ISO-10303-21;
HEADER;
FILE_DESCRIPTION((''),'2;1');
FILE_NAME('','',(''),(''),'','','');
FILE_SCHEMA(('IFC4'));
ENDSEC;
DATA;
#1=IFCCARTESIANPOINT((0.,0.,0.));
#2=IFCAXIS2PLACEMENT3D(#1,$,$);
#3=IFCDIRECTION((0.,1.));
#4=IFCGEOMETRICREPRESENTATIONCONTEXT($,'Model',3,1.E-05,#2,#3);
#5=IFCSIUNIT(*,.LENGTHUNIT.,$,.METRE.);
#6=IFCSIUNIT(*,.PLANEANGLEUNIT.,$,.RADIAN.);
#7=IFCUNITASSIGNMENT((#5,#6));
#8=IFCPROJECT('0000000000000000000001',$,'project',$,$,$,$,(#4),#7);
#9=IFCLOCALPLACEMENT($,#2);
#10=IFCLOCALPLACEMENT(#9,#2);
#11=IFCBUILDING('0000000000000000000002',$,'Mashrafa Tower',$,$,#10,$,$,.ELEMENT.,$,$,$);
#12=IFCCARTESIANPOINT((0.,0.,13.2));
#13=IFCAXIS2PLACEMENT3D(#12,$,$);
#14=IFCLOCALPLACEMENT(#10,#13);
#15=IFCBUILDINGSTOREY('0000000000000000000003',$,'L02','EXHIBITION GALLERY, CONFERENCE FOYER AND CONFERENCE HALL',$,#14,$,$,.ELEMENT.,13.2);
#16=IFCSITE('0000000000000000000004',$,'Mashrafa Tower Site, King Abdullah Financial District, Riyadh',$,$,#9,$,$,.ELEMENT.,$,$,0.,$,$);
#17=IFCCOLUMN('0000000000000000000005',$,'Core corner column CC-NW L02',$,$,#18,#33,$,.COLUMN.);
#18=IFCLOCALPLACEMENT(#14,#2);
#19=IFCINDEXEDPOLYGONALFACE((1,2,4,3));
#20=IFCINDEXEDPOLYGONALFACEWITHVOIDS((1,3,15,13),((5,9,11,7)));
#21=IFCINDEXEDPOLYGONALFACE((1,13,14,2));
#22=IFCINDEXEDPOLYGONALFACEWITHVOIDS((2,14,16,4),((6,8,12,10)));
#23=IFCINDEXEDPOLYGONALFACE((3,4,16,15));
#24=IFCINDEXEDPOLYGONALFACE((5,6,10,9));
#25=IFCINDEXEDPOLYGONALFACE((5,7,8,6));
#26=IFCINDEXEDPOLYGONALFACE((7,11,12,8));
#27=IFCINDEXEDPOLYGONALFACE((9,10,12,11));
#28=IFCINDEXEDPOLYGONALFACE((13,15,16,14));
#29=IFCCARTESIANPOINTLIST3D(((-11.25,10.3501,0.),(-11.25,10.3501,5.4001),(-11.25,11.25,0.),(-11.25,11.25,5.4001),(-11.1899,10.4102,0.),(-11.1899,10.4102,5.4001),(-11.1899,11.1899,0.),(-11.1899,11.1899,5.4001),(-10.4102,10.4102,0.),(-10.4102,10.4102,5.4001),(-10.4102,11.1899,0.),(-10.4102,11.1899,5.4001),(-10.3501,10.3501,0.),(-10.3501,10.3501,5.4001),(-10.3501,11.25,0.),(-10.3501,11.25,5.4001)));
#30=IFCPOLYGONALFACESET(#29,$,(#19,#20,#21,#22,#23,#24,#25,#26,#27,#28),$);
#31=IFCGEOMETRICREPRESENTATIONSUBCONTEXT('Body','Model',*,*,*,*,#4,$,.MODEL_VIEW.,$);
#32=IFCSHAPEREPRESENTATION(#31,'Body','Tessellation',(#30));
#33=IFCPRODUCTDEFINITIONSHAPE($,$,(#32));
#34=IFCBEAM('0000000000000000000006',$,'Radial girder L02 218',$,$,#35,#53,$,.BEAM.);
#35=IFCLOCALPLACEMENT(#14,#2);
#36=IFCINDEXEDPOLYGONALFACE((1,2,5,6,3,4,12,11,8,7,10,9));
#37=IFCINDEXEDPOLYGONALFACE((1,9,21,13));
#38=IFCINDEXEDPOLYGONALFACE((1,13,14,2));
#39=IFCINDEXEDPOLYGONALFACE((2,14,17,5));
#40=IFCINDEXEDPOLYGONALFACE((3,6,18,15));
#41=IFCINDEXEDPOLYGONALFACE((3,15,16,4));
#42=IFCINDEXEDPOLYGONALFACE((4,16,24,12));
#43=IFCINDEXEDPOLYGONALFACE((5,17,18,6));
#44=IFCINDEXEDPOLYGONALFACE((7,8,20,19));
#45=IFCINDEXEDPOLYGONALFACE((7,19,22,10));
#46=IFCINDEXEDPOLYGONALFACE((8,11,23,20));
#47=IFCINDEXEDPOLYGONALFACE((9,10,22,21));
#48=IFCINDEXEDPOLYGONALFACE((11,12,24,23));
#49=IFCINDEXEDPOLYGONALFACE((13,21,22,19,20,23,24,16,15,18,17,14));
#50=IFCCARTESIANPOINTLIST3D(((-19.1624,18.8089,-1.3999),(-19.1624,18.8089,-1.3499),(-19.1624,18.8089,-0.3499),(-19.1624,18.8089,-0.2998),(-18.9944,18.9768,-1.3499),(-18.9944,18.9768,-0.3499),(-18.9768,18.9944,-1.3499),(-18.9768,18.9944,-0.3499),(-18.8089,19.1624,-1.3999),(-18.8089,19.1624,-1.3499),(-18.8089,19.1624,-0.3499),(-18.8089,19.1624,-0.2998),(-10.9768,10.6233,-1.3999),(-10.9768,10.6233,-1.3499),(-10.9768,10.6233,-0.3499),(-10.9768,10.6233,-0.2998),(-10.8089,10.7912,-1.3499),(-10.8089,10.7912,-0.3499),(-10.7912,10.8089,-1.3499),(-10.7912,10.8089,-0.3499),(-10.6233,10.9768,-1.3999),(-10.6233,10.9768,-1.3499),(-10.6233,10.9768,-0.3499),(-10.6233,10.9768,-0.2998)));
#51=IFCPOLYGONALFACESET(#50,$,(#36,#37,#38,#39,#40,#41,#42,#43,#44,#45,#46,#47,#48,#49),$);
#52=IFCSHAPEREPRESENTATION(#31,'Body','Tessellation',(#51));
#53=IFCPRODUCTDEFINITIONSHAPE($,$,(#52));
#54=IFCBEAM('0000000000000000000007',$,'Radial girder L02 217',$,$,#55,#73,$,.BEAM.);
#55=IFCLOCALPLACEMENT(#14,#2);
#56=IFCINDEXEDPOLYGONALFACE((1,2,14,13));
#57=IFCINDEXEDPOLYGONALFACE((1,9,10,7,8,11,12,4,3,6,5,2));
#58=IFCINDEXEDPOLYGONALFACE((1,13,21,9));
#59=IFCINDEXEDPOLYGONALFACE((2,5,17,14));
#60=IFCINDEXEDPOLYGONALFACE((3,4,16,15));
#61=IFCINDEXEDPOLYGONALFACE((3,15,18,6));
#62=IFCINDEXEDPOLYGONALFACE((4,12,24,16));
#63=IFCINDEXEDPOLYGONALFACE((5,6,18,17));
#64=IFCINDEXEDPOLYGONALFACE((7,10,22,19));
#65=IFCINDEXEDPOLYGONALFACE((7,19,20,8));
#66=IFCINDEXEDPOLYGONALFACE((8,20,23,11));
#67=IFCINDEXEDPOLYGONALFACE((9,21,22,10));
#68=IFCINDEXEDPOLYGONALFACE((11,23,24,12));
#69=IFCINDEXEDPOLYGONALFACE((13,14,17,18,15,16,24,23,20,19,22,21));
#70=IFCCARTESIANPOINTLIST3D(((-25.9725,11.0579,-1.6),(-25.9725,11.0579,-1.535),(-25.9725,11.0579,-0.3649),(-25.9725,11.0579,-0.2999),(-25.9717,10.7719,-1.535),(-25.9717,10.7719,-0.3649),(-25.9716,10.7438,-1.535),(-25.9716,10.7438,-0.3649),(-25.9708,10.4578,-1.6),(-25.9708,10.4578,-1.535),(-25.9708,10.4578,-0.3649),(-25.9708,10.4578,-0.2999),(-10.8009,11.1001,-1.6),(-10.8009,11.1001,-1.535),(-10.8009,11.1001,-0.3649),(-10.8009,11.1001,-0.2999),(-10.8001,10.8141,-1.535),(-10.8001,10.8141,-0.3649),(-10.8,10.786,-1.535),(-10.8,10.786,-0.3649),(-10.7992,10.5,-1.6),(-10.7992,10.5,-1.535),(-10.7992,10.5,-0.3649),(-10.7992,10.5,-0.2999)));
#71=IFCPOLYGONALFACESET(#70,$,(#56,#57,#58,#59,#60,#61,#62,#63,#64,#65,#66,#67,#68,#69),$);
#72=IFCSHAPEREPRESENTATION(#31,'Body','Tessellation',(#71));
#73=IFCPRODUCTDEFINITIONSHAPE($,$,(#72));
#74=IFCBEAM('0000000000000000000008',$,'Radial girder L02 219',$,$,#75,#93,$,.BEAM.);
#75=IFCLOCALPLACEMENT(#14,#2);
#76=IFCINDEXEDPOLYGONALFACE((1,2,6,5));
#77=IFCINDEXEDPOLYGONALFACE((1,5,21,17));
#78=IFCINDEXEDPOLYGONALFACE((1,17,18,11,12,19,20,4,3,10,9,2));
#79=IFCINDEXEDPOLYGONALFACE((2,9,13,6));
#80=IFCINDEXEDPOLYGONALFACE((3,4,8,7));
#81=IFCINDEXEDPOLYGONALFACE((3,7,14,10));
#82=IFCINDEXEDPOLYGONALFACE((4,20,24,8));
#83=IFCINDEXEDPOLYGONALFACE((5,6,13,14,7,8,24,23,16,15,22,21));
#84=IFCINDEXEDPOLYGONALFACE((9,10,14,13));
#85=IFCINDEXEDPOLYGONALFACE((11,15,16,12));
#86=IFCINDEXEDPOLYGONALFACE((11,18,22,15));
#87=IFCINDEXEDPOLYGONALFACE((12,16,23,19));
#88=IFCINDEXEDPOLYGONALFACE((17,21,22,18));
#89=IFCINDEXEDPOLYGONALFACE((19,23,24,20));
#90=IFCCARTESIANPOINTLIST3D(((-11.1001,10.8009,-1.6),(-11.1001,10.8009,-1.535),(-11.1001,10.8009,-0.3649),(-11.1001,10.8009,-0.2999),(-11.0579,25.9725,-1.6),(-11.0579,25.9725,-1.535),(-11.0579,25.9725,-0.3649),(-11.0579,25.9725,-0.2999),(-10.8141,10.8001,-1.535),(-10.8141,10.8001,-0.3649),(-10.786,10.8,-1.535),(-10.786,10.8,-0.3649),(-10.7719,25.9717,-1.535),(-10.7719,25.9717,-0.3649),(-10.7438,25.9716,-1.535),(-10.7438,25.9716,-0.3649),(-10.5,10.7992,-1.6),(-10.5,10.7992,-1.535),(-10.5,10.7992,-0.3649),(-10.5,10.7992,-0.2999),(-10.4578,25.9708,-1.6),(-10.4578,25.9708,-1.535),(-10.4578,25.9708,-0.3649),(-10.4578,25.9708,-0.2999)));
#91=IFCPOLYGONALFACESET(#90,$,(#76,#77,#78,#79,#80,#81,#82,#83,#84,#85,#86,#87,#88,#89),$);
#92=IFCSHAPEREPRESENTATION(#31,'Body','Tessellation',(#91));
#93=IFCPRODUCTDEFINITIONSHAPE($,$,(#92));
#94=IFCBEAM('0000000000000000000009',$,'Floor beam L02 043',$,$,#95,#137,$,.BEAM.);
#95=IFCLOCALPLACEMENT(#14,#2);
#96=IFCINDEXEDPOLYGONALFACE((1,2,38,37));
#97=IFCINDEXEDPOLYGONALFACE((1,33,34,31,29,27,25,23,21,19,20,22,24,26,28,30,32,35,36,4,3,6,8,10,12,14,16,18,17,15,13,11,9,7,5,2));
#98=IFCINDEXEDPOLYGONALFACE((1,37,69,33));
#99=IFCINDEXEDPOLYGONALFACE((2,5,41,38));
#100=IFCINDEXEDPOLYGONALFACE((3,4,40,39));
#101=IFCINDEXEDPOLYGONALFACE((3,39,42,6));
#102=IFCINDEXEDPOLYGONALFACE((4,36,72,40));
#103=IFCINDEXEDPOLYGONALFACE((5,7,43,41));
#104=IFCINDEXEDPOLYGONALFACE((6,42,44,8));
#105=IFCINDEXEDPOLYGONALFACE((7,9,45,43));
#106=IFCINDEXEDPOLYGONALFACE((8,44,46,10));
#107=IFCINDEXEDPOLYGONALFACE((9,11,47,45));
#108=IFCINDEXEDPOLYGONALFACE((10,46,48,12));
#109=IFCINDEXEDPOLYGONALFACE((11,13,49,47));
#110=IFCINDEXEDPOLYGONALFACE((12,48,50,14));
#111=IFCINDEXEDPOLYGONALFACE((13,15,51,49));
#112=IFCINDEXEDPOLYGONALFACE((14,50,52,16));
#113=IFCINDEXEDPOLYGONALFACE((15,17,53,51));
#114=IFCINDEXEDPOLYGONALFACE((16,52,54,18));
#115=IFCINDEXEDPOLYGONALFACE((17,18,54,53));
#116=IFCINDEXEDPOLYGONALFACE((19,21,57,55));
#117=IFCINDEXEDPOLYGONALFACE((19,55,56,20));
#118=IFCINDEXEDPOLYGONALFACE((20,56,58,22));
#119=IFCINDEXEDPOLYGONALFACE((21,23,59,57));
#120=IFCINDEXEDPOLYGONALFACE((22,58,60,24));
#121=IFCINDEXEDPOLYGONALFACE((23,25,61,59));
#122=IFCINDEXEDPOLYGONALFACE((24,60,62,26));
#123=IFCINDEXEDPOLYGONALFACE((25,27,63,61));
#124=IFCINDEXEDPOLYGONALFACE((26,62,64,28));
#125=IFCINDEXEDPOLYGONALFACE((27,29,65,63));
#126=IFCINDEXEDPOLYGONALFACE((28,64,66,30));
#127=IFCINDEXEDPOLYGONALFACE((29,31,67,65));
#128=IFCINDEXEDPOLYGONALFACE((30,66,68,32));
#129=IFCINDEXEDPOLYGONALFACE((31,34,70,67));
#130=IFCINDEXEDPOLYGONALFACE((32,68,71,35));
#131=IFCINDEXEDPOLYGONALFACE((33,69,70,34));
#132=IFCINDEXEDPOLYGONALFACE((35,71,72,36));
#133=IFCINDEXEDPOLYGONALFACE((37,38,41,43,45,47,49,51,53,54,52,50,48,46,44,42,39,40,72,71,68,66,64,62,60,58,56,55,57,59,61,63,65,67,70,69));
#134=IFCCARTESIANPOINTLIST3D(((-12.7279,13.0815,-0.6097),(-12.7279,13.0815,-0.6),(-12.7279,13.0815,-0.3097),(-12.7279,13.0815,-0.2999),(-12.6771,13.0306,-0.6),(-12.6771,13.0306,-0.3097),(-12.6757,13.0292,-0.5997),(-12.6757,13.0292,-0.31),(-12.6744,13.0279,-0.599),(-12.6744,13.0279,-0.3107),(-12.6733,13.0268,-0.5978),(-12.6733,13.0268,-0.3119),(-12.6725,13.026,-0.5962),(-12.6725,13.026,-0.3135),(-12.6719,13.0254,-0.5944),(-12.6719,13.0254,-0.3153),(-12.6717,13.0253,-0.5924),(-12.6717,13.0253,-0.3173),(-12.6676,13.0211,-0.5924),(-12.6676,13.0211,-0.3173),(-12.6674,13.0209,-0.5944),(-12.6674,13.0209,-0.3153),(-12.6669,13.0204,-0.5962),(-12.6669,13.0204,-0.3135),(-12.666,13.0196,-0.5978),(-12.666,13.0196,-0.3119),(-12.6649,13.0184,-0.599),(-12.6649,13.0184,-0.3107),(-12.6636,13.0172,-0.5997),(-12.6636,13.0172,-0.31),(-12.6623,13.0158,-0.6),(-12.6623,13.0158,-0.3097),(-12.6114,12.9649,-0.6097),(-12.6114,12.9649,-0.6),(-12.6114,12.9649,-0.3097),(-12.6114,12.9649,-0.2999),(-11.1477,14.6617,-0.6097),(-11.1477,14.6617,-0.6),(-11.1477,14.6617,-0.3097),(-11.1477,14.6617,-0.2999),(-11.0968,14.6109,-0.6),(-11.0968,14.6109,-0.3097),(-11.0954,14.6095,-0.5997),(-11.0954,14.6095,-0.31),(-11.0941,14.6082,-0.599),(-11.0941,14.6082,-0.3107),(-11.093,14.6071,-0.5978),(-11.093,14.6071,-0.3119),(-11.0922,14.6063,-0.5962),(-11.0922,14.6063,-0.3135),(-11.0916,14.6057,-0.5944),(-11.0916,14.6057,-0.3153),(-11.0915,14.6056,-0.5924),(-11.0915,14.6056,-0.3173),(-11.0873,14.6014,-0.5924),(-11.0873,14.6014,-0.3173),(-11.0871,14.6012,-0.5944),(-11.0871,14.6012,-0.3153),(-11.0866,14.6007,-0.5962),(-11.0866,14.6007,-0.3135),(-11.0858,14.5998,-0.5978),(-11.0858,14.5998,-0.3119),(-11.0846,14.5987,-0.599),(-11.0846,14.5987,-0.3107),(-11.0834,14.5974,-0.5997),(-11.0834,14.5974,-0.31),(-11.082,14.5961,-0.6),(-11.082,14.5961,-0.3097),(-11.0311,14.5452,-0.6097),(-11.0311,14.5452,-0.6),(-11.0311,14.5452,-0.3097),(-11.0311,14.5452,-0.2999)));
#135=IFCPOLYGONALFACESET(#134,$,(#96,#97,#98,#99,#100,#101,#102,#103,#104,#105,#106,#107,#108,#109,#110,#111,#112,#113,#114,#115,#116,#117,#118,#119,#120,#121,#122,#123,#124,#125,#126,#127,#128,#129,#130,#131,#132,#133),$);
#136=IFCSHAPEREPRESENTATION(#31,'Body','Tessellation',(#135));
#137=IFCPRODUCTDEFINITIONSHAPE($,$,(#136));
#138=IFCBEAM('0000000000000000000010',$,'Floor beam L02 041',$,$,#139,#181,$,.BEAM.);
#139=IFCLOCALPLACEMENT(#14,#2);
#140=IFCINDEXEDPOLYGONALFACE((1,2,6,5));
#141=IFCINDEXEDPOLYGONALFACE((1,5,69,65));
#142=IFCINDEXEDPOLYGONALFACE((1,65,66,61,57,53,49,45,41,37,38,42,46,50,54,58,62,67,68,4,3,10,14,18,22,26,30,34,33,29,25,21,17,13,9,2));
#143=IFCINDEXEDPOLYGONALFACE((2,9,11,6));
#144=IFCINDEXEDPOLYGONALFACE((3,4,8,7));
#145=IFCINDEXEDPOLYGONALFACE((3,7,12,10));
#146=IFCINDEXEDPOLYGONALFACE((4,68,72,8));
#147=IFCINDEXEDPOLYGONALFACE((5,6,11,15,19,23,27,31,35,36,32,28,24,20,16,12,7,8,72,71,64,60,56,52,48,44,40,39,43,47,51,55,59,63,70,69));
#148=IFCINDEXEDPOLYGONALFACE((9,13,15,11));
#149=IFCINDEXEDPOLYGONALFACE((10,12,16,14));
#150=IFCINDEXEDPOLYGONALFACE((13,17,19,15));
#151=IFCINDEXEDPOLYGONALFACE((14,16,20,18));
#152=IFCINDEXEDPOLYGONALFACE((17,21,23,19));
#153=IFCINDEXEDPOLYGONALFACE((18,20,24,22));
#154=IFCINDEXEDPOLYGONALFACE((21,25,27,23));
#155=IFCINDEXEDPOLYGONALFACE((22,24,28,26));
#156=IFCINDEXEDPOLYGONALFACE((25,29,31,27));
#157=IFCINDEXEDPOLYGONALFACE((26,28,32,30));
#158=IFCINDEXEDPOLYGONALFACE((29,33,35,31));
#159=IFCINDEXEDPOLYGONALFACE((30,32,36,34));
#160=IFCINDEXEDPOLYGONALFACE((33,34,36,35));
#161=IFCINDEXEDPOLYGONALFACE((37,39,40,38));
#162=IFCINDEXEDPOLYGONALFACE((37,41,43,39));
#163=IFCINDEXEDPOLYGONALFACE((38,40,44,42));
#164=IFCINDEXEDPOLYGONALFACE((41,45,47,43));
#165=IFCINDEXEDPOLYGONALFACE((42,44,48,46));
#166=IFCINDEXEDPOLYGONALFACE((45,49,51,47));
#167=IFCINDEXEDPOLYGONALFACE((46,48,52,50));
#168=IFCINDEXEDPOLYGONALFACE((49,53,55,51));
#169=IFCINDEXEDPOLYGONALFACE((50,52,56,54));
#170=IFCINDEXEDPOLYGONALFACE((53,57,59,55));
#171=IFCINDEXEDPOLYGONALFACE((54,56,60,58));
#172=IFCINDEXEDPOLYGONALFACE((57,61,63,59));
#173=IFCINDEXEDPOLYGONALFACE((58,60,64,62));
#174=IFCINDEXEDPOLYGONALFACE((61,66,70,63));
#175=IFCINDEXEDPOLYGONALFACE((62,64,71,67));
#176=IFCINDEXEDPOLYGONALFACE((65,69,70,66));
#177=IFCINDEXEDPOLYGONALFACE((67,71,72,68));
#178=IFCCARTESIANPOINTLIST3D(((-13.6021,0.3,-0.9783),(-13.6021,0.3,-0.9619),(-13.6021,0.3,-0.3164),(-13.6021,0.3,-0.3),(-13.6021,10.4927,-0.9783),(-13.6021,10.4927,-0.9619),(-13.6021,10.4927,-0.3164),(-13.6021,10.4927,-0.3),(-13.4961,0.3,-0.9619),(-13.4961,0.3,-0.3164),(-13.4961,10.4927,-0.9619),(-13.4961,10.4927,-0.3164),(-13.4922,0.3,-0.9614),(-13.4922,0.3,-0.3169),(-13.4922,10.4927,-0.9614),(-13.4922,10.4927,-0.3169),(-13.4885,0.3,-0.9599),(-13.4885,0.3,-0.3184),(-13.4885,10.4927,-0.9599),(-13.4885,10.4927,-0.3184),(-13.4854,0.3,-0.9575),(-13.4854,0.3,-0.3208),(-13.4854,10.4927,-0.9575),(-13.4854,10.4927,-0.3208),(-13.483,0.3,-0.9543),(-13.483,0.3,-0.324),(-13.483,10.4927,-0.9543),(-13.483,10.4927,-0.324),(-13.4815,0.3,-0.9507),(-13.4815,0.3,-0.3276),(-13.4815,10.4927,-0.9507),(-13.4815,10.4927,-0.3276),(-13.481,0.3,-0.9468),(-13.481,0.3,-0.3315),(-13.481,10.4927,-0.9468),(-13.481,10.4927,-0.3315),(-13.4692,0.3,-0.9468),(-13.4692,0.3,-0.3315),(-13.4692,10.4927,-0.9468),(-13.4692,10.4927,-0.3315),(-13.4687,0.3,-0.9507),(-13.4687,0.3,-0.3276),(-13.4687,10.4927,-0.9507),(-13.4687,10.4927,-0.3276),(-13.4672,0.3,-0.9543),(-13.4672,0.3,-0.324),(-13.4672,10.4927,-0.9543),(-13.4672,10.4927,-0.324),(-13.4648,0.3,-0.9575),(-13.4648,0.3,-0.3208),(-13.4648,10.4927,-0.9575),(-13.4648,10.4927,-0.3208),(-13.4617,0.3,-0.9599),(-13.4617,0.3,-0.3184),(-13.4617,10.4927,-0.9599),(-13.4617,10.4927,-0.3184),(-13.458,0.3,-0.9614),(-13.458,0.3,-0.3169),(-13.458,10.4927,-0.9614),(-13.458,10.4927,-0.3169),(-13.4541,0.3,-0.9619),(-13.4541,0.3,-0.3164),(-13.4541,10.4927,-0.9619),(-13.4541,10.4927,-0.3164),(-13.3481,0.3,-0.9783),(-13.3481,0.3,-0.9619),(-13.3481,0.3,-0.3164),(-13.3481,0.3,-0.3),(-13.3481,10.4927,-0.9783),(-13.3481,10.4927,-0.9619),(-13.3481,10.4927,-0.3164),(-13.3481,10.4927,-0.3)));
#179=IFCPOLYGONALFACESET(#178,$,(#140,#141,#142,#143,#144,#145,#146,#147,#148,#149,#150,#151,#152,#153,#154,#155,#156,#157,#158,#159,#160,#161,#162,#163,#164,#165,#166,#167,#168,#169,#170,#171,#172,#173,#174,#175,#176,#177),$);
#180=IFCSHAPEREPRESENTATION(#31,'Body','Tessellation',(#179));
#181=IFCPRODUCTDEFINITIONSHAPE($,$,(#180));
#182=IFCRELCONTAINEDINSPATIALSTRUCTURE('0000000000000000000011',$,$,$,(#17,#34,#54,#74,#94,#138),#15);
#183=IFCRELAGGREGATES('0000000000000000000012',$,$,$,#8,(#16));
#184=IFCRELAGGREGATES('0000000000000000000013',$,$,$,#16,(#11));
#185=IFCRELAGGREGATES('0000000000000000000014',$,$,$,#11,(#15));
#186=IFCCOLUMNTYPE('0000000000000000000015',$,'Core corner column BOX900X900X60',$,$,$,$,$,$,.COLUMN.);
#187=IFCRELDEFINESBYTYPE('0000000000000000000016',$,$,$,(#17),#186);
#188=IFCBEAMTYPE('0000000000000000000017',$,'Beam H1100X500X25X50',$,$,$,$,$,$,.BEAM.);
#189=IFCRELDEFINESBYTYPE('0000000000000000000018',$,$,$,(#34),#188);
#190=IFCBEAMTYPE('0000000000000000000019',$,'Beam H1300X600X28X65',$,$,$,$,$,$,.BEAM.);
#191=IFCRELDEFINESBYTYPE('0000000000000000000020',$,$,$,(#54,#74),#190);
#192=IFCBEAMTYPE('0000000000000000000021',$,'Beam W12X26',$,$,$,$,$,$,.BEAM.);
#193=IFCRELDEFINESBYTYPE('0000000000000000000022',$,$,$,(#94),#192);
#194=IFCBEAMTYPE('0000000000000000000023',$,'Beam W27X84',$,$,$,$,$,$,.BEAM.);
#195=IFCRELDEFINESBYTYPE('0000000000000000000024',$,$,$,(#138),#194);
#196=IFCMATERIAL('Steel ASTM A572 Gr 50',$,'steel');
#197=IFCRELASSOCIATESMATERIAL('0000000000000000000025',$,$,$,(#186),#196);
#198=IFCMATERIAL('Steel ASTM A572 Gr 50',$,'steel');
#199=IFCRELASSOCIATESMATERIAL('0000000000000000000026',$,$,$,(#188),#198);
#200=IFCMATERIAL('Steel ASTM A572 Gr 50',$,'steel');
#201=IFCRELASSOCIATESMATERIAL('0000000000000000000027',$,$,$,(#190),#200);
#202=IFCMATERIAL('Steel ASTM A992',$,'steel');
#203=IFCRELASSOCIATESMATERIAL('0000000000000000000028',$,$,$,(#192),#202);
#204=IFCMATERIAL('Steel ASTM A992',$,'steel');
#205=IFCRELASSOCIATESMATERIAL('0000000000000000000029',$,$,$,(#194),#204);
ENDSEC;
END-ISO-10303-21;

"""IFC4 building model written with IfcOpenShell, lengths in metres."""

from ifc_helpers import new_model, si_unit, direction, frame, origin, origin_2d, place, context, subcontext, project, spatial, hollow_rectangle, i_section, extrude, material, material_profile, profile_set, type_object, element, save


model = new_model("IFC4")

# Units and contexts
model_context = context("Model", 3, precision=1e-05, world=origin(), true_north=direction((0.0, 1.0)))
body_context = subcontext(model_context, "Body", "Model", "MODEL_VIEW")
ifc_project = project(units=[si_unit("LENGTHUNIT", "METRE"), si_unit("PLANEANGLEUNIT", "RADIAN")], contexts=[model_context])

# Site, building, storey
site_placement = place(None, origin())
site = spatial("IfcSite", under=ifc_project, at=site_placement, Name="Mashrafa Tower Site, King Abdullah Financial District, Riyadh", CompositionType="ELEMENT", RefElevation=0.0)
building_placement = place(site_placement, origin())
building = spatial("IfcBuilding", under=site, at=building_placement, Name="Mashrafa Tower", CompositionType="ELEMENT")
storey_placement = place(building_placement, frame((0.0, 0.0, 13.2)))
storey = spatial("IfcBuildingStorey", under=building, at=storey_placement, Name="L02", Description="EXHIBITION GALLERY, CONFERENCE FOYER AND CONFERENCE HALL", CompositionType="ELEMENT", Elevation=13.2)

# Column
ifc_material_1 = material(Name="Steel ASTM A572 Gr 50", Category="steel")
ifc_material_profile_1 = material_profile(ifc_material_1, hollow_rectangle(XDim=0.8999, YDim=0.8999, WallThickness=0.0601, at=origin_2d()), Name="BOX900X900X60")
ifc_profile_set_1 = profile_set([ifc_material_profile_1], Name="Steel ASTM A572 Gr 50")
column_type = type_object("IfcColumnType", Name="Core corner column BOX900X900X60", PredefinedType="COLUMN", material=ifc_profile_set_1)
column_placement = place(storey_placement, frame((-10.8, 10.8, 0.0), z_axis=(0.0, 0.0, 1.0), x_axis=(1.0, 0.0, 0.0)))
element("IfcColumn", 1, at=column_placement, inside=storey, type_object=column_type, Name="Core corner column CC-NW L02", PredefinedType="COLUMN", context=body_context, shape_type="SweptSolid", body=[
    extrude(hollow_rectangle(XDim=0.8999, YDim=0.8999, WallThickness=0.0601, at=origin_2d()), origin(), (0.0, 0.0, 1.0), 5.4001),
])

# Beams
ifc_material_2 = material(Name="Steel ASTM A572 Gr 50", Category="steel")
ifc_material_profile_2 = material_profile(ifc_material_2, i_section(OverallWidth=0.5, OverallDepth=1.1001, WebThickness=0.0249, FlangeThickness=0.05, at=origin_2d()), Name="H1100X500X25X50")
ifc_profile_set_2 = profile_set([ifc_material_profile_2], Name="Steel ASTM A572 Gr 50")
beam_type_1 = type_object("IfcBeamType", Name="Beam H1100X500X25X50", PredefinedType="BEAM", material=ifc_profile_set_2)
beam_1_placement = place(storey_placement, frame((-10.8, 10.8, -0.8499), z_axis=(-0.707107, 0.707107, 0.0), x_axis=(-0.707107, -0.707107, 0.0)))
element("IfcBeam", 2, at=beam_1_placement, inside=storey, type_object=beam_type_1, Name="Radial girder L02 218", PredefinedType="BEAM", context=body_context, shape_type="SweptSolid", body=[
    extrude(i_section(OverallWidth=0.5, OverallDepth=1.1001, WebThickness=0.0249, FlangeThickness=0.05, at=origin_2d()), origin(), (0.0, 0.0, 1.0), 11.5762),
])
ifc_material_3 = material(Name="Steel ASTM A572 Gr 50", Category="steel")
ifc_material_profile_3 = material_profile(ifc_material_3, i_section(OverallWidth=0.6001, OverallDepth=1.3, WebThickness=0.0281, FlangeThickness=0.0649, at=origin_2d()), Name="H1300X600X28X65")
ifc_profile_set_3 = profile_set([ifc_material_profile_3], Name="Steel ASTM A572 Gr 50")
beam_type_2 = type_object("IfcBeamType", Name="Beam H1300X600X28X65", PredefinedType="BEAM", material=ifc_profile_set_3)
for number, where, z_axis, x_axis, name in (
    (3, (-10.8, 10.8, -0.95), (-0.999996, -0.002784, 0.0), (0.002784, -0.999996, 0.0), "Radial girder L02 217"),
    (4, (-10.8, 10.8, -0.95), (0.002784, 0.999996, 0.0), (-0.999996, 0.002784, 0.0), "Radial girder L02 219"),
):
    element("IfcBeam", number, at=place(storey_placement, frame(where, z_axis=z_axis, x_axis=x_axis)), inside=storey, type_object=beam_type_2, Name=name, PredefinedType="BEAM", context=body_context, shape_type="SweptSolid", body=[
        extrude(i_section(OverallWidth=0.6001, OverallDepth=1.3, WebThickness=0.0281, FlangeThickness=0.0649, at=origin_2d()), origin(), (0.0, 0.0, 1.0), 15.1716),
    ])
ifc_material_4 = material(Name="Steel ASTM A992", Category="steel")
ifc_material_profile_4 = material_profile(ifc_material_4, i_section(OverallWidth=0.1648, OverallDepth=0.3098, WebThickness=0.0059, FlangeThickness=0.0098, FilletRadius=0.0076, at=origin_2d()), Name="W12X26")
ifc_profile_set_4 = profile_set([ifc_material_profile_4], Name="Steel ASTM A992")
beam_type_3 = type_object("IfcBeamType", Name="Beam W12X26", PredefinedType="BEAM", material=ifc_profile_set_4)
beam_2_placement = place(storey_placement, frame((-12.6697, 13.0232, -0.4548), z_axis=(0.707107, 0.707107, 0.0), x_axis=(-0.707107, 0.707107, 0.0)))
element("IfcBeam", 5, at=beam_2_placement, inside=storey, type_object=beam_type_3, Name="Floor beam L02 043", PredefinedType="BEAM", context=body_context, shape_type="SweptSolid", body=[
    extrude(i_section(OverallWidth=0.1648, OverallDepth=0.3098, WebThickness=0.0059, FlangeThickness=0.0098, FilletRadius=0.0076, at=origin_2d()), origin(), (0.0, 0.0, 1.0), 2.2349),
])
ifc_material_5 = material(Name="Steel ASTM A992", Category="steel")
ifc_material_profile_5 = material_profile(ifc_material_5, i_section(OverallWidth=0.2539, OverallDepth=0.6782, WebThickness=0.0117, FlangeThickness=0.0164, FilletRadius=0.0151, at=origin_2d()), Name="W27X84")
ifc_profile_set_5 = profile_set([ifc_material_profile_5], Name="Steel ASTM A992")
beam_type_4 = type_object("IfcBeamType", Name="Beam W27X84", PredefinedType="BEAM", material=ifc_profile_set_5)
for number, where, z_axis, x_axis, name in (
    (6, (-13.4751, 0.3, -0.6392), (0.0, 1.0, 0.0), (-1.0, 0.0, 0.0), "Floor beam L02 041"),
):
    element("IfcBeam", number, at=place(storey_placement, frame(where, z_axis=z_axis, x_axis=x_axis)), inside=storey, type_object=beam_type_4, Name=name, PredefinedType="BEAM", context=body_context, shape_type="SweptSolid", body=[
        extrude(i_section(OverallWidth=0.2539, OverallDepth=0.6782, WebThickness=0.0117, FlangeThickness=0.0164, FilletRadius=0.0151, at=origin_2d()), origin(), (0.0, 0.0, 1.0), 10.1926),
    ])

save(model, "model.ifc")
